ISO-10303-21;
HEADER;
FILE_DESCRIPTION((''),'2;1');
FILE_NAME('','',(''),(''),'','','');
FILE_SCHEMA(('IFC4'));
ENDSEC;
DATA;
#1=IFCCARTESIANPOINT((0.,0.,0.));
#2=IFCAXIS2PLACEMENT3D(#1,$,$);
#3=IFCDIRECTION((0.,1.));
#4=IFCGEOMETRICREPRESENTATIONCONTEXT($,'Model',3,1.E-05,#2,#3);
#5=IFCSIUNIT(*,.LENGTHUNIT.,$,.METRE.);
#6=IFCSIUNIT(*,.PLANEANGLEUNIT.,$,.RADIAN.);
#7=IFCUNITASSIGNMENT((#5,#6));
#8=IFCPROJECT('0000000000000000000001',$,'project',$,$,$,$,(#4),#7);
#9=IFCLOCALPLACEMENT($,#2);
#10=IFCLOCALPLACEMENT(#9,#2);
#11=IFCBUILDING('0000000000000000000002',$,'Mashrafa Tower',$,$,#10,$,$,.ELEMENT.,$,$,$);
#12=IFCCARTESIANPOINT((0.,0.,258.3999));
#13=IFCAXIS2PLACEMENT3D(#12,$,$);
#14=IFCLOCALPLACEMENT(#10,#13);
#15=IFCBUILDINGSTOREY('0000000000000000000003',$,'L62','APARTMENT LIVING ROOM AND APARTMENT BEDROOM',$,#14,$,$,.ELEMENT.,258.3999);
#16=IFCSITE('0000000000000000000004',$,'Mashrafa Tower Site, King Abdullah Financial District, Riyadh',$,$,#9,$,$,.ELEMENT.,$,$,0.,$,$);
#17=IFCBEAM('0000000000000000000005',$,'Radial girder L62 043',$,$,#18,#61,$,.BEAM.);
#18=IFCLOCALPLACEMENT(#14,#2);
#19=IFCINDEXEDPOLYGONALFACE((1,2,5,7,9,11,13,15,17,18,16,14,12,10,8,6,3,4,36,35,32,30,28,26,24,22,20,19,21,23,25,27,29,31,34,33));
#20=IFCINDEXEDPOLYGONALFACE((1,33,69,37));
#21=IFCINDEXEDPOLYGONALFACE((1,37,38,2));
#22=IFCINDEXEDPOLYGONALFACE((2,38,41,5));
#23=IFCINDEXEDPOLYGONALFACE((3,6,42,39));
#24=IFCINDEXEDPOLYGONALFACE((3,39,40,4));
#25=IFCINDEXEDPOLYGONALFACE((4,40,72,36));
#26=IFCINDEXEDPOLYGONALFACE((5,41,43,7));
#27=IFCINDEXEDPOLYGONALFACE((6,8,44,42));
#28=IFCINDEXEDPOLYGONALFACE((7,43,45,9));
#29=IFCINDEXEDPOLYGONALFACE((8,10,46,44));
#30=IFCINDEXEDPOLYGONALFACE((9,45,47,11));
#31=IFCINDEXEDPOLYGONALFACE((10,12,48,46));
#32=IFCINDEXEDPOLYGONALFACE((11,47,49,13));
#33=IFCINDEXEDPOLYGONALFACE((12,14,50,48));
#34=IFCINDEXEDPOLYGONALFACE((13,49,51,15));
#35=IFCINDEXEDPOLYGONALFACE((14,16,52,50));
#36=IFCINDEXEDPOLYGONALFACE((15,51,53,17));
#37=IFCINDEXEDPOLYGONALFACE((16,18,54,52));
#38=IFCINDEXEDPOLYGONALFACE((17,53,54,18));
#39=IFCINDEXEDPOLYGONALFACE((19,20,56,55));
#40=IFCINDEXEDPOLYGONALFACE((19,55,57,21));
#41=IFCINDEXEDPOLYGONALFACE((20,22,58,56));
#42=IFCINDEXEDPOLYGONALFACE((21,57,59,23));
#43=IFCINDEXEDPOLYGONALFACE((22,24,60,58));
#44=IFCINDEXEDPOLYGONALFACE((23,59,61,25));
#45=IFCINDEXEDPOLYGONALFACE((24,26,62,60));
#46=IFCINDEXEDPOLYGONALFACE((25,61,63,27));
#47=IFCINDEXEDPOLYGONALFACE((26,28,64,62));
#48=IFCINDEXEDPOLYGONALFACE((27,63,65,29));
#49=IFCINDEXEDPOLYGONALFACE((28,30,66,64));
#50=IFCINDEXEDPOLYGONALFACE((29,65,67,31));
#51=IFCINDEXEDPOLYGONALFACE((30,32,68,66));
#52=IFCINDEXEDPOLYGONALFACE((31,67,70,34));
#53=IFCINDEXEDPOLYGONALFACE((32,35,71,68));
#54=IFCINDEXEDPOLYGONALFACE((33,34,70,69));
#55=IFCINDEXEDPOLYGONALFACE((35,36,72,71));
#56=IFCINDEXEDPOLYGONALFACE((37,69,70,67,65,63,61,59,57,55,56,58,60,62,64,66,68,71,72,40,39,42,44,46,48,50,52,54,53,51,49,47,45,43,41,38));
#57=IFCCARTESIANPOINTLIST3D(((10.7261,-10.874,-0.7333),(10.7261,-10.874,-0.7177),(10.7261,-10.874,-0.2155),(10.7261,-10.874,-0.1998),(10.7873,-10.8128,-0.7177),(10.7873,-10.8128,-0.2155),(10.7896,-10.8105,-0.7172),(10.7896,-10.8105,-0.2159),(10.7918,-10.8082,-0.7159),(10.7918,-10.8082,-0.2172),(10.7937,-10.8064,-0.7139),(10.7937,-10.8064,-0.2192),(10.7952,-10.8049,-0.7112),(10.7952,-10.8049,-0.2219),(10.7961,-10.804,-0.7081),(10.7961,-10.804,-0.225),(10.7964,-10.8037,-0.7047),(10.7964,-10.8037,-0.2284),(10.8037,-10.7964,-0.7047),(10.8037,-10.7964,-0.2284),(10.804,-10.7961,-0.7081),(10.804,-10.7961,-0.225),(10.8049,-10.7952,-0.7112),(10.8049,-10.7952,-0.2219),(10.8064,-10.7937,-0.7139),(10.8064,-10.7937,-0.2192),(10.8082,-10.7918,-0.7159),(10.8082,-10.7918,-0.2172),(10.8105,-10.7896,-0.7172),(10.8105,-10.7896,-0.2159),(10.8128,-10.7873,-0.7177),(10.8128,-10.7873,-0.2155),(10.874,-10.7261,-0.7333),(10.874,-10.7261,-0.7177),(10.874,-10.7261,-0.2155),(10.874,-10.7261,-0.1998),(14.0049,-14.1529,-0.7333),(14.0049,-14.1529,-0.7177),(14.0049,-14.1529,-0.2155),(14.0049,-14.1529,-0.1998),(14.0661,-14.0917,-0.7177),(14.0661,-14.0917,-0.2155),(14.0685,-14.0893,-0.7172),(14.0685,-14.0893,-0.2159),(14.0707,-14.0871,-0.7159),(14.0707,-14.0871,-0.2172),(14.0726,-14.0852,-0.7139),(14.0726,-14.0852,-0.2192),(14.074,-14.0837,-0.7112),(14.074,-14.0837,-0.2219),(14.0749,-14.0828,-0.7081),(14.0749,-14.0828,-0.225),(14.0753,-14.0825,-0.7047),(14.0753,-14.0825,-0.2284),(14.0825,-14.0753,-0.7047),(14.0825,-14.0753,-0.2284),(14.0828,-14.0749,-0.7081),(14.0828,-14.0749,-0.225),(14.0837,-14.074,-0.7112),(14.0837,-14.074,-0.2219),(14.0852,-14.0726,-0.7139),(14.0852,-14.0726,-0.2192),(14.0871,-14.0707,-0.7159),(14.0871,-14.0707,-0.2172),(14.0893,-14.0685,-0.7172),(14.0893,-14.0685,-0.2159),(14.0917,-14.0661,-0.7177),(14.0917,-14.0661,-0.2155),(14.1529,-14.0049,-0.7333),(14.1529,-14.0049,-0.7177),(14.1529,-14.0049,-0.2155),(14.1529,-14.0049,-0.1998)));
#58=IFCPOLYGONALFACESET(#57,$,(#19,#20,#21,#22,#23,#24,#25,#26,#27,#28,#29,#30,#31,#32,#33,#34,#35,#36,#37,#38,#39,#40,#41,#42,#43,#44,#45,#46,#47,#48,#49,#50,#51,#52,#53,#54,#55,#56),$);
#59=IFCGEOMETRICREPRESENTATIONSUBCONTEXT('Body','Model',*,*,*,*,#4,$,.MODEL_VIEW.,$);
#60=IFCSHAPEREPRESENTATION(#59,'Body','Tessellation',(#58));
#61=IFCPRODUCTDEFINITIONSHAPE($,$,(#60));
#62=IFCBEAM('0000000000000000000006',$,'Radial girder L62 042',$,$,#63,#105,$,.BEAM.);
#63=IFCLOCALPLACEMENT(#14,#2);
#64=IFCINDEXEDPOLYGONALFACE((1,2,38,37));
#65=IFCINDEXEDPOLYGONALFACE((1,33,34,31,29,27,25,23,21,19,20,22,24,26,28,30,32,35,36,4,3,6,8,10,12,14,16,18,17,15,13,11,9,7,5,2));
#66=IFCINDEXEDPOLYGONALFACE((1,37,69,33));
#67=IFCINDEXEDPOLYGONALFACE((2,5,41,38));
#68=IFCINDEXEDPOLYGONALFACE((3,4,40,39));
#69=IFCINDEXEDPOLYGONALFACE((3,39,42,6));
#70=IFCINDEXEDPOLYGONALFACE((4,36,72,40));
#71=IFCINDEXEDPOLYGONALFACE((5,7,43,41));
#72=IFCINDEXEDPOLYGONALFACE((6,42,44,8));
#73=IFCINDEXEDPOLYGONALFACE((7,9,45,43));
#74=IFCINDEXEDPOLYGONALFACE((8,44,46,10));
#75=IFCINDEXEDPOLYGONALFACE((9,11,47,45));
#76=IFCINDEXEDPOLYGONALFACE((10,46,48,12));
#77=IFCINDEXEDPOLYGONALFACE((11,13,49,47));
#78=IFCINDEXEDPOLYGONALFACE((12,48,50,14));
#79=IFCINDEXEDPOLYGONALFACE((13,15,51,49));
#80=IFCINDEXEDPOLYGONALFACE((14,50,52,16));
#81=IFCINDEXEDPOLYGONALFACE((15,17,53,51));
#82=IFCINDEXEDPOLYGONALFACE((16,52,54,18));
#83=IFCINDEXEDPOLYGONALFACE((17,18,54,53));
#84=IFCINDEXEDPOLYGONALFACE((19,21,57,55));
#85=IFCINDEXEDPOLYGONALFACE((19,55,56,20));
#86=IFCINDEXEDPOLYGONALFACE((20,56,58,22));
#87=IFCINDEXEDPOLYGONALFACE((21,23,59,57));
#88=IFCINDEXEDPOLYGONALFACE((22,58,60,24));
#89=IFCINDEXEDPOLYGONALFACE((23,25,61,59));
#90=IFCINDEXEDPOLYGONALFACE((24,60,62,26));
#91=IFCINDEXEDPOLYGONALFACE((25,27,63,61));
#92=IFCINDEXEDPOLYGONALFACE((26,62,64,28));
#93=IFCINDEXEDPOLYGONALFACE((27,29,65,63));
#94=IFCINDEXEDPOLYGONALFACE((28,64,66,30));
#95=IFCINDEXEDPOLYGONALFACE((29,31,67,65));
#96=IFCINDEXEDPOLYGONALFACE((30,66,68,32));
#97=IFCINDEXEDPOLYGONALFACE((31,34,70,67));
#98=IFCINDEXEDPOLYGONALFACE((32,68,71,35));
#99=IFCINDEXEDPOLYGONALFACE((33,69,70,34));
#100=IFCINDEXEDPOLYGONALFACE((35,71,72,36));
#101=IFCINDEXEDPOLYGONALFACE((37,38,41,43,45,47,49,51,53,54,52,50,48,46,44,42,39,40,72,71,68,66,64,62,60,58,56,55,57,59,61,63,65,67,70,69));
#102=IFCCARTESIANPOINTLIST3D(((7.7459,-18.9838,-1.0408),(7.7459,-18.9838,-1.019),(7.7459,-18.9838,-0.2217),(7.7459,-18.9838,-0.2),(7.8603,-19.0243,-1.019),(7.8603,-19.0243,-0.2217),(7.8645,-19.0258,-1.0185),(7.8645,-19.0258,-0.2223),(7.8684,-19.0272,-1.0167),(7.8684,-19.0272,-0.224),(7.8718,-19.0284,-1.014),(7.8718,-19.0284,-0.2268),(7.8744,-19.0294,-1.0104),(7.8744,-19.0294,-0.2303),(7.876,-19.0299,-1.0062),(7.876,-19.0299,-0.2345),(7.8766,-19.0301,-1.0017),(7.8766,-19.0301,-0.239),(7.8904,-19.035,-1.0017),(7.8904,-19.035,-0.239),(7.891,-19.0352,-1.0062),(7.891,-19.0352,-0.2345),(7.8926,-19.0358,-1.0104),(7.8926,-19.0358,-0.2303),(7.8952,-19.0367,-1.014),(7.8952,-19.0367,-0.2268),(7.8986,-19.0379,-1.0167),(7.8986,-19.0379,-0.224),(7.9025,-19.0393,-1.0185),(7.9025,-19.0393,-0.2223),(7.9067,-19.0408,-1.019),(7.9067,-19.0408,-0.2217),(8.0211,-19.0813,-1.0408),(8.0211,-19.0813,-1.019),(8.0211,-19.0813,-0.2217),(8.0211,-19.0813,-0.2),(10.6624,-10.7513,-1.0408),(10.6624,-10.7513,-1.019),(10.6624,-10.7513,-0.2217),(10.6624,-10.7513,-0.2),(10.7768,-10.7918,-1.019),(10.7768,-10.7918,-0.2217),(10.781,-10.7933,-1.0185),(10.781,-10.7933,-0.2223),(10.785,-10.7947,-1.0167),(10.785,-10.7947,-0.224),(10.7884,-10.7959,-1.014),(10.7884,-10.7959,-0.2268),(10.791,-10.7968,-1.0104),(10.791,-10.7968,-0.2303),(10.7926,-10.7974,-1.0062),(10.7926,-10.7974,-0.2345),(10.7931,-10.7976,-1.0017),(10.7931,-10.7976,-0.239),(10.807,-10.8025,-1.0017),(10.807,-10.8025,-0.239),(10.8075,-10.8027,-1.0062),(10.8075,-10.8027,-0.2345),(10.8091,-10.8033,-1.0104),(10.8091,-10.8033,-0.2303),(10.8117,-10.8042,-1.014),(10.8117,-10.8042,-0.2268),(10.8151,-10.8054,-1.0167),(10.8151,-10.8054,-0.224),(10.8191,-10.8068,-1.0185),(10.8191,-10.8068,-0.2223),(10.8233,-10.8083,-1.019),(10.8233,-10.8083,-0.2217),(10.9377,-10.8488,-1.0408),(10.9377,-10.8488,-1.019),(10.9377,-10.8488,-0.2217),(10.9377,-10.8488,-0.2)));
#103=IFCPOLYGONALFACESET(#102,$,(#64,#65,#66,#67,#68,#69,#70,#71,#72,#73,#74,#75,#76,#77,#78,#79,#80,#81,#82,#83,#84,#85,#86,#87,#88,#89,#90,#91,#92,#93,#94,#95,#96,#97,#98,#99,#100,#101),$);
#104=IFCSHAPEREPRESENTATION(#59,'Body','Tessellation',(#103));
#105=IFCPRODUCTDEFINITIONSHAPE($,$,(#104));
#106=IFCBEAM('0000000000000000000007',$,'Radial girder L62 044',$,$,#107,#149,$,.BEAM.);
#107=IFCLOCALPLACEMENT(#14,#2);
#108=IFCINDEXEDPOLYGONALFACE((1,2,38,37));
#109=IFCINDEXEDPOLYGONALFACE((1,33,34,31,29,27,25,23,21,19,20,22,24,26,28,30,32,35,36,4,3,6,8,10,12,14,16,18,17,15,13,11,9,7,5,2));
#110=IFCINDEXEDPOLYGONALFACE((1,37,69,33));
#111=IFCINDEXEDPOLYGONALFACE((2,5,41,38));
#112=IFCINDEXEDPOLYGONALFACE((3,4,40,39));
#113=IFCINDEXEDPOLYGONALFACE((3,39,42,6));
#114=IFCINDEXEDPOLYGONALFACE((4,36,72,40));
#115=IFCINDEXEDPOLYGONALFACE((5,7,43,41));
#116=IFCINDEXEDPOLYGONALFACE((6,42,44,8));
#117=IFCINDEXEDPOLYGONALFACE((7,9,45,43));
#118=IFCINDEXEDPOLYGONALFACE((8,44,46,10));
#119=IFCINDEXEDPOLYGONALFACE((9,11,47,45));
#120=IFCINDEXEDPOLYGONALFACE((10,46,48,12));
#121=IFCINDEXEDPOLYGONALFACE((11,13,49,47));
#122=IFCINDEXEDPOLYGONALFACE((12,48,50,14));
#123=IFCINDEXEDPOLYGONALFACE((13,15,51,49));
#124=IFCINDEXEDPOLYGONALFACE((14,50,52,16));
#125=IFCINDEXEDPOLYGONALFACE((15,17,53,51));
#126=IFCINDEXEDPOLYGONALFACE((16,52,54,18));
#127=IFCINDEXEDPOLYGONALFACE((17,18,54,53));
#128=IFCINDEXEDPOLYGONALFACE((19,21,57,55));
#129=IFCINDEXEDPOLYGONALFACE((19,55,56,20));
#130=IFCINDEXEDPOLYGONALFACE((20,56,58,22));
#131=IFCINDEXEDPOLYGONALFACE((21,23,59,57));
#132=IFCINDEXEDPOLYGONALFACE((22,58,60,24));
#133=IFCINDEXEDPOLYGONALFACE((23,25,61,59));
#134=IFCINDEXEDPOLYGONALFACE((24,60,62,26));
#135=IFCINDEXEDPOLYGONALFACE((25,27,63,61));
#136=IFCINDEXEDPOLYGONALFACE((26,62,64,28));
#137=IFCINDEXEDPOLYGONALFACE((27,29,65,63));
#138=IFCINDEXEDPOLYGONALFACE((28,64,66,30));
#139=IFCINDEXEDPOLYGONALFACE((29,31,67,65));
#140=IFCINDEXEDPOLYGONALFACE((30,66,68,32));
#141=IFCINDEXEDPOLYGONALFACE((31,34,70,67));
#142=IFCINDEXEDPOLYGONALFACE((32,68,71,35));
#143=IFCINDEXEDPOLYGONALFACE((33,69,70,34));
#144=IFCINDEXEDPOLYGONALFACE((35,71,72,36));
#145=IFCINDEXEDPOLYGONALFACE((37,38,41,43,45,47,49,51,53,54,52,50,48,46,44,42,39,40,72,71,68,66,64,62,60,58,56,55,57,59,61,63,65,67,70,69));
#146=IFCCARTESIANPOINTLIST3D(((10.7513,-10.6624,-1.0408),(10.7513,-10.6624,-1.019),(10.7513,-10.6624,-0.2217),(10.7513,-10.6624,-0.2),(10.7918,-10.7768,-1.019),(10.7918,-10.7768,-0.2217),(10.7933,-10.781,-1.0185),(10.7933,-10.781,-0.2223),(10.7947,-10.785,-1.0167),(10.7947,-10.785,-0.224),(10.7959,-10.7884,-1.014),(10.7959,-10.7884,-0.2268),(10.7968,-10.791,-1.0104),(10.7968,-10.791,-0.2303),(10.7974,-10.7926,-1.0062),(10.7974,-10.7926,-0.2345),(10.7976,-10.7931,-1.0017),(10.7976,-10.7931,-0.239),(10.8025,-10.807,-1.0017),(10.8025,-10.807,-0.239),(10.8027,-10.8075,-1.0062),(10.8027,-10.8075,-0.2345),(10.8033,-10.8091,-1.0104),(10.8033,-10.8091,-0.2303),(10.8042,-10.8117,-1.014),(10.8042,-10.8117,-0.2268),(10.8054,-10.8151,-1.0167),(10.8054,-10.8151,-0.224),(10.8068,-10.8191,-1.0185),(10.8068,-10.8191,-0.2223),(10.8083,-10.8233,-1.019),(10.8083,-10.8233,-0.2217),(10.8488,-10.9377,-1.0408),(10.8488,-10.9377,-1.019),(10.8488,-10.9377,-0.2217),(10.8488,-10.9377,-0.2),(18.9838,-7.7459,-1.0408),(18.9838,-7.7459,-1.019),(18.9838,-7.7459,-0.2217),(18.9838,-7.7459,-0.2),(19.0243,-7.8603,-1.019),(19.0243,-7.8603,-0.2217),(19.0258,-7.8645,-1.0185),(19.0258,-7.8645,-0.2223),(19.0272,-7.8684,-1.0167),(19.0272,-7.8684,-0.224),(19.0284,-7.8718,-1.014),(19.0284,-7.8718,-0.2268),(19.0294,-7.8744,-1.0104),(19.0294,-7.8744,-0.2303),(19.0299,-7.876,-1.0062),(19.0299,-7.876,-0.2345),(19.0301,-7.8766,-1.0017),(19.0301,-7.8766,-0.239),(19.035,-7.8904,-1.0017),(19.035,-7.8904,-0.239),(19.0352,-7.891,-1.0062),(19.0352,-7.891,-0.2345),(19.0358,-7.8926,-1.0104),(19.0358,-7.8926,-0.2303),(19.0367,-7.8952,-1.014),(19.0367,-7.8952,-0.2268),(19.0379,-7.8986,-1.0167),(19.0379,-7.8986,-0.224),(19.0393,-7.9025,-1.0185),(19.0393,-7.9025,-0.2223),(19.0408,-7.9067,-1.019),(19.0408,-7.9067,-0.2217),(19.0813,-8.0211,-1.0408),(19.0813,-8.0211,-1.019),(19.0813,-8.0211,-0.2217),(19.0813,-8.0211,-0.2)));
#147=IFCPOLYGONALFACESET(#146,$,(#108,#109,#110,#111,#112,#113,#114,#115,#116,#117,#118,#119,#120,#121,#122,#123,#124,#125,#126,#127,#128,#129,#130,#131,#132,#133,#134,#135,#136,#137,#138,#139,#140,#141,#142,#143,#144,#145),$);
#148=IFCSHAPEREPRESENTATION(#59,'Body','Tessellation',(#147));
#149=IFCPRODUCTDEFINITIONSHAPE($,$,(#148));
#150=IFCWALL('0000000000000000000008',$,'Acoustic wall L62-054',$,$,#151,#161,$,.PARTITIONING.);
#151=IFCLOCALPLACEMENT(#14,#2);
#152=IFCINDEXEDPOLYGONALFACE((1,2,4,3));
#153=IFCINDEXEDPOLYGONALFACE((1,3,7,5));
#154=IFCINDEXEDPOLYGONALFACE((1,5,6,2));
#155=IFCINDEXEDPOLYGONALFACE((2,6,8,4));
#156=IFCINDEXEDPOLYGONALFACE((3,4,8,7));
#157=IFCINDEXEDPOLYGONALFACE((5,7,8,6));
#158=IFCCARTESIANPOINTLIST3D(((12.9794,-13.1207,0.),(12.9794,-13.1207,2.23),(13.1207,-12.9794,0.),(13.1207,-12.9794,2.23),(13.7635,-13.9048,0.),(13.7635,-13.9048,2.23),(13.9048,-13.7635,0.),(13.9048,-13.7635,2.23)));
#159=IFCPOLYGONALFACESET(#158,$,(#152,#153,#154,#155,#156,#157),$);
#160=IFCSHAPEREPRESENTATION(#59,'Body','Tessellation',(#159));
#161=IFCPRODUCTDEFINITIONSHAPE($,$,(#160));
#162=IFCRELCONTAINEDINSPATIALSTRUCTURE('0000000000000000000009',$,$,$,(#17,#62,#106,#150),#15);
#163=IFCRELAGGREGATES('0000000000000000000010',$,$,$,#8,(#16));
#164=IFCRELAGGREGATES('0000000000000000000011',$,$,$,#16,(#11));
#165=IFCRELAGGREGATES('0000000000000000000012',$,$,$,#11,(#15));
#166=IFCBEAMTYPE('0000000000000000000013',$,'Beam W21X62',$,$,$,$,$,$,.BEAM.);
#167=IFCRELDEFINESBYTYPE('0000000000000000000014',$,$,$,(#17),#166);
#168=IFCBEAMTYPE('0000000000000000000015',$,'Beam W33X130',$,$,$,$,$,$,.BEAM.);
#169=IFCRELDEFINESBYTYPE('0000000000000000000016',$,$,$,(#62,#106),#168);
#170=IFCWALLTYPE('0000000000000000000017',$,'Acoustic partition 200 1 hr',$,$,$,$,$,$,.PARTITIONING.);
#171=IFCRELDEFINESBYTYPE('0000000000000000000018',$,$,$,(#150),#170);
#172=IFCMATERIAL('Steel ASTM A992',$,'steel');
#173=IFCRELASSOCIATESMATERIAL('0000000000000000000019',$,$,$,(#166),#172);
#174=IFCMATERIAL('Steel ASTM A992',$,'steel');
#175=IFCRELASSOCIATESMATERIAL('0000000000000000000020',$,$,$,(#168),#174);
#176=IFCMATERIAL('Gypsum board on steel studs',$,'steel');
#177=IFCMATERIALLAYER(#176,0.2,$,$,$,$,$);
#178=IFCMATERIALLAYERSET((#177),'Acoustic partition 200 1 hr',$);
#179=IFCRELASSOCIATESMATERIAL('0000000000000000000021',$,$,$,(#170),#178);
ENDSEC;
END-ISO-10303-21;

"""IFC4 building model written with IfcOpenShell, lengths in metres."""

from ifc_helpers import new_model, si_unit, direction, frame, frame_2d, origin, origin_2d, place, context, subcontext, project, spatial, rectangle, i_section, extrude, material, layer, layer_set, material_profile, profile_set, type_object, element, save


model = new_model("IFC4")

# Units and contexts
model_context = context("Model", 3, precision=1e-05, world=origin(), true_north=direction((0.0, 1.0)))
body_context = subcontext(model_context, "Body", "Model", "MODEL_VIEW")
ifc_project = project(units=[si_unit("LENGTHUNIT", "METRE"), si_unit("PLANEANGLEUNIT", "RADIAN")], contexts=[model_context])

# Site, building, storey
site_placement = place(None, origin())
site = spatial("IfcSite", under=ifc_project, at=site_placement, Name="Mashrafa Tower Site, King Abdullah Financial District, Riyadh", CompositionType="ELEMENT", RefElevation=0.0)
building_placement = place(site_placement, origin())
building = spatial("IfcBuilding", under=site, at=building_placement, Name="Mashrafa Tower", CompositionType="ELEMENT")
storey_placement = place(building_placement, frame((0.0, 0.0, 258.3999)))
storey = spatial("IfcBuildingStorey", under=building, at=storey_placement, Name="L62", Description="APARTMENT LIVING ROOM AND APARTMENT BEDROOM", CompositionType="ELEMENT", Elevation=258.3999)

# Beams
ifc_material_1 = material(Name="Steel ASTM A992", Category="steel")
ifc_material_profile_1 = material_profile(ifc_material_1, i_section(OverallWidth=0.2092, OverallDepth=0.5334, WebThickness=0.0103, FlangeThickness=0.0156, FilletRadius=0.0129, at=origin_2d()), Name="W21X62")
ifc_profile_set_1 = profile_set([ifc_material_profile_1], Name="Steel ASTM A992")
beam_type_1 = type_object("IfcBeamType", Name="Beam W21X62", PredefinedType="BEAM", material=ifc_profile_set_1)
beam_1_placement = place(storey_placement, frame((10.8, -10.8, -0.4666), z_axis=(0.707107, -0.707107, 0.0), x_axis=(0.707107, 0.707107, 0.0)))
element("IfcBeam", 1, at=beam_1_placement, inside=storey, type_object=beam_type_1, Name="Radial girder L62 043", PredefinedType="BEAM", context=body_context, shape_type="SweptSolid", body=[
    extrude(i_section(OverallWidth=0.2092, OverallDepth=0.5334, WebThickness=0.0103, FlangeThickness=0.0156, FilletRadius=0.0129, at=origin_2d()), origin(), (0.0, 0.0, 1.0), 4.637),
])
ifc_material_2 = material(Name="Steel ASTM A992", Category="steel")
ifc_material_profile_2 = material_profile(ifc_material_2, i_section(OverallWidth=0.292, OverallDepth=0.8408, WebThickness=0.0146, FlangeThickness=0.0217, FilletRadius=0.0173, at=origin_2d()), Name="W33X130")
ifc_profile_set_2 = profile_set([ifc_material_profile_2], Name="Steel ASTM A992")
beam_type_2 = type_object("IfcBeamType", Name="Beam W33X130", PredefinedType="BEAM", material=ifc_profile_set_2)
for number, where, z_axis, x_axis, name in (
    (2, (10.8, -10.8, -0.6204), (-0.333934, -0.942596, 0.0), (0.942596, -0.333934, 0.0), "Radial girder L62 042"),
    (3, (10.8, -10.8, -0.6204), (0.942596, 0.333934, 0.0), (-0.333934, 0.942596, 0.0), "Radial girder L62 044"),
):
    element("IfcBeam", number, at=place(storey_placement, frame(where, z_axis=z_axis, x_axis=x_axis)), inside=storey, type_object=beam_type_2, Name=name, PredefinedType="BEAM", context=body_context, shape_type="SweptSolid", body=[
        extrude(i_section(OverallWidth=0.292, OverallDepth=0.8408, WebThickness=0.0146, FlangeThickness=0.0217, FilletRadius=0.0173, at=origin_2d()), origin(), (0.0, 0.0, 1.0), 8.7339),
    ])

# Wall
ifc_material_3 = material(Name="Gypsum board on steel studs", Category="steel")
ifc_layer_1 = layer(ifc_material_3, 0.2)
ifc_layer_set_1 = layer_set([ifc_layer_1], Name="Acoustic partition 200 1 hr")
wall_type_1 = type_object("IfcWallType", Name="Acoustic partition 200 1 hr", PredefinedType="PARTITIONING", material=ifc_layer_set_1)
wall_1_placement = place(storey_placement, frame((13.05, -13.05, 0.0), z_axis=(0.0, 0.0, 1.0), x_axis=(0.707107, -0.707107, 0.0)))
element("IfcWall", 4, at=wall_1_placement, inside=storey, type_object=wall_type_1, Name="Acoustic wall L62-054", PredefinedType="PARTITIONING", context=body_context, shape_type="SweptSolid", body=[
    extrude(rectangle(XDim=1.1089, YDim=0.2, at=frame_2d((0.5544, 0.0))), origin(), (0.0, 0.0, 1.0), 2.23),
])

save(model, "model.ifc")
